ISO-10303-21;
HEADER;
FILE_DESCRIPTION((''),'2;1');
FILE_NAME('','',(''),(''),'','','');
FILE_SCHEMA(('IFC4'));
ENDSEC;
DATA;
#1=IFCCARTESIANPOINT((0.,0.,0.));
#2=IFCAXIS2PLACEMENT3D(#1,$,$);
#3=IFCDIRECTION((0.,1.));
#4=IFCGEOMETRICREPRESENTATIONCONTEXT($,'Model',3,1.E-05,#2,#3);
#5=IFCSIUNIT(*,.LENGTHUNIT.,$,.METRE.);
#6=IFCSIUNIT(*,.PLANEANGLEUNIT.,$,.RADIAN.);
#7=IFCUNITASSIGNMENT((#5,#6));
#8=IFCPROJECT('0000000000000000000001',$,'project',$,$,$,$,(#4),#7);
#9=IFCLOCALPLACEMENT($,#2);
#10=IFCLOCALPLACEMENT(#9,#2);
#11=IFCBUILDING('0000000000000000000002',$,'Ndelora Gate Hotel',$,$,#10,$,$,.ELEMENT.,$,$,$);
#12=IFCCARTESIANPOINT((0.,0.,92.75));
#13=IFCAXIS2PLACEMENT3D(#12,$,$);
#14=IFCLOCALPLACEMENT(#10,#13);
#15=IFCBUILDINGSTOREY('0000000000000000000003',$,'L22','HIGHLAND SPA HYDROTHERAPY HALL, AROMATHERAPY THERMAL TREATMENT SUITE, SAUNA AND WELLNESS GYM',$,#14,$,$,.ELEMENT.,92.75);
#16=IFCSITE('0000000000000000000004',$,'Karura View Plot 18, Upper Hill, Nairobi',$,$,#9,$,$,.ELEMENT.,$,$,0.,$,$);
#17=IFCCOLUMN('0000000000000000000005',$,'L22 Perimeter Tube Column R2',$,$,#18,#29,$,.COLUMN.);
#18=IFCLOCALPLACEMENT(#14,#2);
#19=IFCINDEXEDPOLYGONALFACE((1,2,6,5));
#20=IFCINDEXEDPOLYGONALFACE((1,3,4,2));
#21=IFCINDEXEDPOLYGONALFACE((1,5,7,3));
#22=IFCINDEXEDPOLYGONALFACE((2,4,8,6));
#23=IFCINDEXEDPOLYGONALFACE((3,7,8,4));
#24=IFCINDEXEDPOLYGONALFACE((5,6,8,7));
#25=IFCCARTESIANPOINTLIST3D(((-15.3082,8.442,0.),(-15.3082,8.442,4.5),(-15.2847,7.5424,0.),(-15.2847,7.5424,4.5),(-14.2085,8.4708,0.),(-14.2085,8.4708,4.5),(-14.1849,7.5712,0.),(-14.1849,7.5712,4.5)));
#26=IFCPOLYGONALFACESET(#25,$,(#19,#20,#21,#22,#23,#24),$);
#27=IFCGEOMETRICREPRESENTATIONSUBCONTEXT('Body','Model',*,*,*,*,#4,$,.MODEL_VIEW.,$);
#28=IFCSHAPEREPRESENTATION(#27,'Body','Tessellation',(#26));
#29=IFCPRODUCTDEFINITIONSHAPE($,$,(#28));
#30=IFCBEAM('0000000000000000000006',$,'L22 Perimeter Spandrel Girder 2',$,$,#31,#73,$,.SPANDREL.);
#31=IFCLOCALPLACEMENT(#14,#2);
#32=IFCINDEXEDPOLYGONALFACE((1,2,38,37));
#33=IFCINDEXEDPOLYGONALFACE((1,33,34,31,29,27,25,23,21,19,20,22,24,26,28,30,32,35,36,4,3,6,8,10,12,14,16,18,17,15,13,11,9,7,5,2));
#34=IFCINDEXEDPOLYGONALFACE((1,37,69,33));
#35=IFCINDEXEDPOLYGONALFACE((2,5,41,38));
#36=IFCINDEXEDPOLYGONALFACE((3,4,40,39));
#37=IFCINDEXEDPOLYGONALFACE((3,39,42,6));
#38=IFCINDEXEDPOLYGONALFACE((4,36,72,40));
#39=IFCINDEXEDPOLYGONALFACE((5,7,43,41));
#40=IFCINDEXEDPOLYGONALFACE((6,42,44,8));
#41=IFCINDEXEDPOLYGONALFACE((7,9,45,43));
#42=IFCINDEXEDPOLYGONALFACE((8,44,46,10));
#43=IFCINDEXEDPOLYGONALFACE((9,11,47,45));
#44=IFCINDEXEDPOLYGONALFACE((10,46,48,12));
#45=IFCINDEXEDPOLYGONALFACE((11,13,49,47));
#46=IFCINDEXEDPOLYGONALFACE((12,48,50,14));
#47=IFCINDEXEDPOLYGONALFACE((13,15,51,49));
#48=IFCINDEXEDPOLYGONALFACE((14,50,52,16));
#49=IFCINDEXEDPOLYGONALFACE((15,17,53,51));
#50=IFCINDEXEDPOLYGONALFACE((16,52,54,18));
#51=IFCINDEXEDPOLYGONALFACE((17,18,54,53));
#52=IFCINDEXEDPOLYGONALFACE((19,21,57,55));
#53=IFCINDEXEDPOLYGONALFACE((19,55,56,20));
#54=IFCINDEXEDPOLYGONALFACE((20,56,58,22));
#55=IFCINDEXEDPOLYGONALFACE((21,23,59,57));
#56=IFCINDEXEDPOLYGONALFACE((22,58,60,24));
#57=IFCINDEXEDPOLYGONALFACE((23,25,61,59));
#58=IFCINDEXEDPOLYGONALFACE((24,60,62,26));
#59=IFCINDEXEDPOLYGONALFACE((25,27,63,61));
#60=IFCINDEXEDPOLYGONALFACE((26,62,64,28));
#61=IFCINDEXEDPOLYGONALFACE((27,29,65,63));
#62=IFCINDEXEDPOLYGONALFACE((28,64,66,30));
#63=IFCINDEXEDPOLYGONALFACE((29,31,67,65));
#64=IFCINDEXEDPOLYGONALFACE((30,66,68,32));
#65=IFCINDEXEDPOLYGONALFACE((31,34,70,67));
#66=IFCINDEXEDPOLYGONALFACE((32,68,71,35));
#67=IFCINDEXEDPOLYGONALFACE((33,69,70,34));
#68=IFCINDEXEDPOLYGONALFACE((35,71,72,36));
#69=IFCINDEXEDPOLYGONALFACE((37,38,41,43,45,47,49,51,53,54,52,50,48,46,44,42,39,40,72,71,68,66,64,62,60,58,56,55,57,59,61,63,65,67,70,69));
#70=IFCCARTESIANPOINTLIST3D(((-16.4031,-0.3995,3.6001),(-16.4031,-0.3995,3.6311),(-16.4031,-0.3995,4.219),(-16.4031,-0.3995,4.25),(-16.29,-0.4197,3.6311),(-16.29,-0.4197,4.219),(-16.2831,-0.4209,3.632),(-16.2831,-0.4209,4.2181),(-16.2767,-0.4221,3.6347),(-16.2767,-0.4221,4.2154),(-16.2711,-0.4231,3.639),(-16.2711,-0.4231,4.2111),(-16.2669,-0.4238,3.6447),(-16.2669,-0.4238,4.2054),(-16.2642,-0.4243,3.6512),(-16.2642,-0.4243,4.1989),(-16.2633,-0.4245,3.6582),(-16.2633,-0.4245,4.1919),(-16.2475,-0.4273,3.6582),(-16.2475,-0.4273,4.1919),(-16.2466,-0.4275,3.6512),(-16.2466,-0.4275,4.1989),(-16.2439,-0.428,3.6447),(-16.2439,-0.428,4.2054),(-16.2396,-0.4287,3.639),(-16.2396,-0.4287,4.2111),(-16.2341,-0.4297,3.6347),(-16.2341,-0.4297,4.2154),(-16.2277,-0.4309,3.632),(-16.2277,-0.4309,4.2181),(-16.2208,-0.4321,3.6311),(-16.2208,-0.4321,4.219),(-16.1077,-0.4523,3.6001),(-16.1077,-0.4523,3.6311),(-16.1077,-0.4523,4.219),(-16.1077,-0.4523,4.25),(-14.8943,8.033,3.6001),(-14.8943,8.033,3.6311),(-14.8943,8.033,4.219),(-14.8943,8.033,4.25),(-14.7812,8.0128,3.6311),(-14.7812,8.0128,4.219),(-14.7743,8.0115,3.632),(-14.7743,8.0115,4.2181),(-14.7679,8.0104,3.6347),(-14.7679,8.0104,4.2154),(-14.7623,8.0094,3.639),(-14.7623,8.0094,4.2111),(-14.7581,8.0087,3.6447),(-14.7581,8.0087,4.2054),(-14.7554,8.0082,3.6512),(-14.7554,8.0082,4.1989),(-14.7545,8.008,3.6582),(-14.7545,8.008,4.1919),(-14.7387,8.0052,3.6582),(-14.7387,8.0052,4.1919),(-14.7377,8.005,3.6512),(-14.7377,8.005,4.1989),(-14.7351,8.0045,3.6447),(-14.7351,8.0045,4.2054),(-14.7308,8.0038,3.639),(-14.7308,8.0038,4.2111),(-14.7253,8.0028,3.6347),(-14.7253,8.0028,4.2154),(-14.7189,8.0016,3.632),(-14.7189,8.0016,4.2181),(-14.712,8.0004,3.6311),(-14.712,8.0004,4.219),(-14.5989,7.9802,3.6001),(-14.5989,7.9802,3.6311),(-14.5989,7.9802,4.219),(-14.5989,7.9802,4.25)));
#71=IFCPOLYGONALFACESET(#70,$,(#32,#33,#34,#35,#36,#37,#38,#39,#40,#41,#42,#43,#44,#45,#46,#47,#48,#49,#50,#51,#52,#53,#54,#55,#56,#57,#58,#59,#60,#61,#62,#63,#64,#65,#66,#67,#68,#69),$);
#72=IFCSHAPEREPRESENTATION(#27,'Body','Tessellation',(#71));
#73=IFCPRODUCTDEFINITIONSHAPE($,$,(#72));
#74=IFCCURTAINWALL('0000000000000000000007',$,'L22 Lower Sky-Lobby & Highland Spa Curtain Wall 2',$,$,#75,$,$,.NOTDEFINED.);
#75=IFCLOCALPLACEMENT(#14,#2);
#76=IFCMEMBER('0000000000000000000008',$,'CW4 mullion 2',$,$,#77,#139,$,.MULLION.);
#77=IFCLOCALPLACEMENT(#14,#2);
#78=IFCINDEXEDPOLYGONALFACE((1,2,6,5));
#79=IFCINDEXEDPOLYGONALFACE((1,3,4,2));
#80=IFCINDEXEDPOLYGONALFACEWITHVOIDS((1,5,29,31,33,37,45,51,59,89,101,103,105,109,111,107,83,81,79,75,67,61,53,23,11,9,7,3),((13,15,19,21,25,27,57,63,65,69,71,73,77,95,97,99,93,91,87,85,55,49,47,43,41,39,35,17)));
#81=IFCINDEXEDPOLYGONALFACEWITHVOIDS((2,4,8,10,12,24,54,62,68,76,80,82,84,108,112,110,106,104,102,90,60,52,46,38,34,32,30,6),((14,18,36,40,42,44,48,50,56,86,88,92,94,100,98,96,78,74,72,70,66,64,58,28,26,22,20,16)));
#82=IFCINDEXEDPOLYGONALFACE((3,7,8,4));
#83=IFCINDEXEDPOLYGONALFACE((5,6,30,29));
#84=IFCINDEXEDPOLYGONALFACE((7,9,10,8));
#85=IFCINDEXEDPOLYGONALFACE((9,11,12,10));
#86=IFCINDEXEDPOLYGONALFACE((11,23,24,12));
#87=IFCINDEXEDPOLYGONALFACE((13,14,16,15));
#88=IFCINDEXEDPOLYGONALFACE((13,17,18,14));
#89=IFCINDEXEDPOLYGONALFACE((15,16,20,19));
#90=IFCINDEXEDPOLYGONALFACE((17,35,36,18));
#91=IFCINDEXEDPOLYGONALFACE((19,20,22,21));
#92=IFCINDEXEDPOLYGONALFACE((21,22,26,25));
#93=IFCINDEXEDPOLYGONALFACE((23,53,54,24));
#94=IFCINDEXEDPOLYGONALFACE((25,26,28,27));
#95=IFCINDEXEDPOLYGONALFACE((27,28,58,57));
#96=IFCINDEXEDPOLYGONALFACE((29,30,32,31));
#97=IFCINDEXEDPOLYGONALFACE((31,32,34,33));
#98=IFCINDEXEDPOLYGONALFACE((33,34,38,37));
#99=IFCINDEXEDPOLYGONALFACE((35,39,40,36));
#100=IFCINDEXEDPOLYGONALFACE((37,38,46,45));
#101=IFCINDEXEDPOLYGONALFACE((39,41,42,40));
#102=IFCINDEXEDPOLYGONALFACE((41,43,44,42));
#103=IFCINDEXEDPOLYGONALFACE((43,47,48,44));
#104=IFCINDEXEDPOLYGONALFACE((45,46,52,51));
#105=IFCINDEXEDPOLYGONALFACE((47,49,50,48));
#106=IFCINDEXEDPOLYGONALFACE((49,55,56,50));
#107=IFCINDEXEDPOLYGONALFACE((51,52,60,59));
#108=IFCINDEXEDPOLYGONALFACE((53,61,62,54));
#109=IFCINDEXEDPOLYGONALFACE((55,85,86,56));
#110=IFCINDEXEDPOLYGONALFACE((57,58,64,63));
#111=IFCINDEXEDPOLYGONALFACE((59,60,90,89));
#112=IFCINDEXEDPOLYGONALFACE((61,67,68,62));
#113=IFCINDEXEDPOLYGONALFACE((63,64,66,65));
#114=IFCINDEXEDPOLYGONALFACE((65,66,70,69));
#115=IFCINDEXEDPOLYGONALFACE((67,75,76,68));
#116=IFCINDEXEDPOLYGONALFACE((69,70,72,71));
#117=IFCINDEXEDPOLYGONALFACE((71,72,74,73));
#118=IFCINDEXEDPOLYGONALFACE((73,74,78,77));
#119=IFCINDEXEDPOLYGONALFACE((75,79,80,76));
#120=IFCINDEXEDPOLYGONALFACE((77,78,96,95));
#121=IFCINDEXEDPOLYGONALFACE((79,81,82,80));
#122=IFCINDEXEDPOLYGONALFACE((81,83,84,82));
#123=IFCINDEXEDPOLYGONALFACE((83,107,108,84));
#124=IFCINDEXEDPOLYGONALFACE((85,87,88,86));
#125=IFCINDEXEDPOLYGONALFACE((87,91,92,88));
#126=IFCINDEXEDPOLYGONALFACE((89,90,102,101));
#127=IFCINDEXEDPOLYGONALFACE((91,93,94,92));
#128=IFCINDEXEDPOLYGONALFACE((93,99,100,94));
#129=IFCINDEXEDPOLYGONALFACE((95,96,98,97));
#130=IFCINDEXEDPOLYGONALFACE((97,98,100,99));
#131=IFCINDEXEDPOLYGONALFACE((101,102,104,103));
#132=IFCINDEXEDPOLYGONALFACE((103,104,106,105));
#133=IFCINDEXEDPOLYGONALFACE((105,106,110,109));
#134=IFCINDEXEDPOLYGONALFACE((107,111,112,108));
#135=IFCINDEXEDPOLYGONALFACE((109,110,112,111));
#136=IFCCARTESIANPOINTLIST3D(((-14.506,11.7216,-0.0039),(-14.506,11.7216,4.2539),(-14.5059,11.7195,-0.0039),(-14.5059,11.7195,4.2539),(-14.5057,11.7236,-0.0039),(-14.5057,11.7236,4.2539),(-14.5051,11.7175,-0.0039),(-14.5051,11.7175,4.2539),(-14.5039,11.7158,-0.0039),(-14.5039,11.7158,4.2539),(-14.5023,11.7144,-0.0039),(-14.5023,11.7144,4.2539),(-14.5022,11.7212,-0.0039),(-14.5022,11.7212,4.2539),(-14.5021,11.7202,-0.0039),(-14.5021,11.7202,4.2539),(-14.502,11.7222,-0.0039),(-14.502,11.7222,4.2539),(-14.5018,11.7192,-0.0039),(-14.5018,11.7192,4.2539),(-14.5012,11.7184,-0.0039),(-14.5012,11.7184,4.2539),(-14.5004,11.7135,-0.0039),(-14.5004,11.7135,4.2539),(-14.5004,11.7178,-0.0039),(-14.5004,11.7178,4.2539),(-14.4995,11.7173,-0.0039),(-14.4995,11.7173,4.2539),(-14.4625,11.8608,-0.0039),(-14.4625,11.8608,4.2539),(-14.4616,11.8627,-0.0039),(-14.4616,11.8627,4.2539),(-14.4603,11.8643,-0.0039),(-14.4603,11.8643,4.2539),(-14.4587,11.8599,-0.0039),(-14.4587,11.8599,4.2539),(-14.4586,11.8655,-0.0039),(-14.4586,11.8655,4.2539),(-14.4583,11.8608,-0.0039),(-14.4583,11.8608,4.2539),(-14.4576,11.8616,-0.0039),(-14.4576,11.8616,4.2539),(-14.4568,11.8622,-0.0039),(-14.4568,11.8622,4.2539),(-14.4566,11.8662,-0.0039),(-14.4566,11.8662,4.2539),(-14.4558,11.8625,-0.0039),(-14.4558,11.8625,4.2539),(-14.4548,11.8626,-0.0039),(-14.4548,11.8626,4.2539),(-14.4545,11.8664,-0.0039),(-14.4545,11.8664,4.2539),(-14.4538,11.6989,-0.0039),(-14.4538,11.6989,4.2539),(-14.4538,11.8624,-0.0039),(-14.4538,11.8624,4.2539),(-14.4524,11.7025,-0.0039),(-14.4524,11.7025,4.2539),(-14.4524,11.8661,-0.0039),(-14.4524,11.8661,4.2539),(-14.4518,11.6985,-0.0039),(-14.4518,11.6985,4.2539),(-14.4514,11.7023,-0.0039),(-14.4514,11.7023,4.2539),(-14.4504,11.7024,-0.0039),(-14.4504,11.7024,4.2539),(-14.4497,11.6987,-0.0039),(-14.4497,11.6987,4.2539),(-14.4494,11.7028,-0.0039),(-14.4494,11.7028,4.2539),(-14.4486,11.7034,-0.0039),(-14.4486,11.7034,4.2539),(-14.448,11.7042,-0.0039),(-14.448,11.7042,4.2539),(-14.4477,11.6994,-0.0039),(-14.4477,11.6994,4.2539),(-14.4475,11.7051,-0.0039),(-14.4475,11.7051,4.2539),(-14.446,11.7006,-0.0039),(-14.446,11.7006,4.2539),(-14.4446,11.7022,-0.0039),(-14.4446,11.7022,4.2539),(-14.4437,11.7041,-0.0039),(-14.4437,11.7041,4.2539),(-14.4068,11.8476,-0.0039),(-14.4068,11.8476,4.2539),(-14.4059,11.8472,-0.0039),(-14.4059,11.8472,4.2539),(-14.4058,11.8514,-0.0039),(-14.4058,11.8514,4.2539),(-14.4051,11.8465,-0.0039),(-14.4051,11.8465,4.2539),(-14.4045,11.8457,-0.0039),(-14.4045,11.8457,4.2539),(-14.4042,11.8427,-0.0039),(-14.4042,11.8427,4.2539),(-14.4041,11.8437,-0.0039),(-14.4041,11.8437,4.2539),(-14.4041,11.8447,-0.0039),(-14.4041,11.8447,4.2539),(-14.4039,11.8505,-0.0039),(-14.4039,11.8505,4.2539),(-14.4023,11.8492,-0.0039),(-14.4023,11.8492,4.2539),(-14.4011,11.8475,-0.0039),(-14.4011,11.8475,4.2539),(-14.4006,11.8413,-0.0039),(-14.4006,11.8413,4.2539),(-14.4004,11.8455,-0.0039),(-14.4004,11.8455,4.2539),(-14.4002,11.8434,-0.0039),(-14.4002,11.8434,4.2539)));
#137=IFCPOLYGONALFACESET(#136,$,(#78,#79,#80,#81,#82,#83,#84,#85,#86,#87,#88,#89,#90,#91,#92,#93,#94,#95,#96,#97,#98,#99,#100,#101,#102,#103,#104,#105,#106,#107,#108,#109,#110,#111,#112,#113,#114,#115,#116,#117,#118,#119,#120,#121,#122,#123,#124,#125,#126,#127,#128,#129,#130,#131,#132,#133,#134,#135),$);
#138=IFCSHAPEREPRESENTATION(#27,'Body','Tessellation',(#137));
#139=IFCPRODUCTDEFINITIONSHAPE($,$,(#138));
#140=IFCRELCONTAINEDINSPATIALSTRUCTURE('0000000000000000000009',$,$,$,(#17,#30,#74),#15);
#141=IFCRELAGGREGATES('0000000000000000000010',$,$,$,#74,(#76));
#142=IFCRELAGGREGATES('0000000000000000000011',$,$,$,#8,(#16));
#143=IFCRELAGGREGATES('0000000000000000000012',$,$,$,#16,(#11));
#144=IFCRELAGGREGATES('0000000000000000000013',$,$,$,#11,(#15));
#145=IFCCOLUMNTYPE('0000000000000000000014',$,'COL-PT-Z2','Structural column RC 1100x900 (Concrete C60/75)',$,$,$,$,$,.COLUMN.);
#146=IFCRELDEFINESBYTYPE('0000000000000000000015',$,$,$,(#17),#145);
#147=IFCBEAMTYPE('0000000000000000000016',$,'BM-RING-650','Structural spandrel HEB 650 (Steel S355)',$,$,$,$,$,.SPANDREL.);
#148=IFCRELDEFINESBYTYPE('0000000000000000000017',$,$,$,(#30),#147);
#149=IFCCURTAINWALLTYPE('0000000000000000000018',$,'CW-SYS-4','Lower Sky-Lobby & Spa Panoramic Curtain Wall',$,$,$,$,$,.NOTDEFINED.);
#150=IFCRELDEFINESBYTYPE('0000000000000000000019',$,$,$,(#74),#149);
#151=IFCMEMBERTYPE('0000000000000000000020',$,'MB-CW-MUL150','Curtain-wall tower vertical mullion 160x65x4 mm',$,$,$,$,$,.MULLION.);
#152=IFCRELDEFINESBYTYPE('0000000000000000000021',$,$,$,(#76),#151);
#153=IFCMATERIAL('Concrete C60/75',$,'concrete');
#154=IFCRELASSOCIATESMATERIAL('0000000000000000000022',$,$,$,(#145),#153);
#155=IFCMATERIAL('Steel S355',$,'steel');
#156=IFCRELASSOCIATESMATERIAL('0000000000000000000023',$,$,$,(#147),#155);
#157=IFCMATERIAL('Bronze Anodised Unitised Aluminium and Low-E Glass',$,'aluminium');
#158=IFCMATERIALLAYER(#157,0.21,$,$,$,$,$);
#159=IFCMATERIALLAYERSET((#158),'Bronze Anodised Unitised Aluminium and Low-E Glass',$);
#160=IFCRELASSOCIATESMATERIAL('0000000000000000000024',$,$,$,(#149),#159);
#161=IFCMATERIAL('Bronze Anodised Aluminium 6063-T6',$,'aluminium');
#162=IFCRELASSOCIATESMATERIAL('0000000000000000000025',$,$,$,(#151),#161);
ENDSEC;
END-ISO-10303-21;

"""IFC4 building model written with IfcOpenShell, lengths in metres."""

from ifc_helpers import new_model, si_unit, direction, frame, origin, origin_2d, place, context, subcontext, project, spatial, rectangle, hollow_rectangle, i_section, extrude, material, layer, layer_set, material_profile, profile_set, type_object, element, aggregate, save


model = new_model("IFC4")

# Units and contexts
model_context = context("Model", 3, precision=1e-05, world=origin(), true_north=direction((0.0, 1.0)))
body_context = subcontext(model_context, "Body", "Model", "MODEL_VIEW")
ifc_project = project(units=[si_unit("LENGTHUNIT", "METRE"), si_unit("PLANEANGLEUNIT", "RADIAN")], contexts=[model_context])

# Site, building, storey
site_placement = place(None, origin())
site = spatial("IfcSite", under=ifc_project, at=site_placement, Name="Karura View Plot 18, Upper Hill, Nairobi", CompositionType="ELEMENT", RefElevation=0.0)
building_placement = place(site_placement, origin())
building = spatial("IfcBuilding", under=site, at=building_placement, Name="Ndelora Gate Hotel", CompositionType="ELEMENT")
storey_placement = place(building_placement, frame((0.0, 0.0, 92.75)))
storey = spatial("IfcBuildingStorey", under=building, at=storey_placement, Name="L22", Description="HIGHLAND SPA HYDROTHERAPY HALL, AROMATHERAPY THERMAL TREATMENT SUITE, SAUNA AND WELLNESS GYM", CompositionType="ELEMENT", Elevation=92.75)

# Column
ifc_material_1 = material(Name="Concrete C60/75", Category="concrete")
ifc_material_profile_1 = material_profile(ifc_material_1, rectangle(XDim=0.8999, YDim=1.1001, at=origin_2d()), Name="RC 1100x900")
ifc_profile_set_1 = profile_set([ifc_material_profile_1], Name="Concrete C60/75")
column_type = type_object("IfcColumnType", Name="COL-PT-Z2", Description="Structural column RC 1100x900 (Concrete C60/75)", PredefinedType="COLUMN", material=ifc_profile_set_1)
column_placement = place(storey_placement, frame((-14.7466, 8.0066, 0.0), z_axis=(0.0, 0.0, 1.0), x_axis=(-0.026177, 0.999657, 0.0)))
element("IfcColumn", 1, at=column_placement, inside=storey, type_object=column_type, Name="L22 Perimeter Tube Column R2", PredefinedType="COLUMN", context=body_context, shape_type="SweptSolid", body=[
    extrude(rectangle(XDim=0.8999, YDim=1.1001, at=origin_2d()), origin(), (0.0, 0.0, 1.0), 4.5),
])

# Beam
ifc_material_2 = material(Name="Steel S355", Category="steel")
ifc_material_profile_2 = material_profile(ifc_material_2, i_section(OverallWidth=0.3, OverallDepth=0.6499, WebThickness=0.0161, FlangeThickness=0.031, FilletRadius=0.0271, at=origin_2d()), Name="HEB 650")
ifc_profile_set_2 = profile_set([ifc_material_profile_2], Name="Steel S355")
beam_type = type_object("IfcBeamType", Name="BM-RING-650", Description="Structural spandrel HEB 650 (Steel S355)", PredefinedType="SPANDREL", material=ifc_profile_set_2)
beam_placement = place(storey_placement, frame((-14.7466, 8.0066, 3.925), z_axis=(-0.176131, -0.984367, 0.0), x_axis=(0.984367, -0.176131, 0.0)))
element("IfcBeam", 2, at=beam_placement, inside=storey, type_object=beam_type, Name="L22 Perimeter Spandrel Girder 2", PredefinedType="SPANDREL", context=body_context, shape_type="SweptSolid", body=[
    extrude(i_section(OverallWidth=0.3, OverallDepth=0.6499, WebThickness=0.0161, FlangeThickness=0.031, FilletRadius=0.0271, at=origin_2d()), origin(), (0.0, 0.0, 1.0), 8.5664),
])

# Curtain wall, member
ifc_material_3 = material(Name="Bronze Anodised Unitised Aluminium and Low-E Glass", Category="aluminium")
ifc_layer_1 = layer(ifc_material_3, 0.21)
ifc_layer_set_1 = layer_set([ifc_layer_1], Name="Bronze Anodised Unitised Aluminium and Low-E Glass")
curtain_wall_type = type_object("IfcCurtainWallType", Name="CW-SYS-4", Description="Lower Sky-Lobby & Spa Panoramic Curtain Wall", PredefinedType="NOTDEFINED", material=ifc_layer_set_1)
curtain_wall_placement = place(storey_placement, origin())
curtain_wall = element("IfcCurtainWall", 3, at=curtain_wall_placement, inside=storey, type_object=curtain_wall_type, Name="L22 Lower Sky-Lobby & Highland Spa Curtain Wall 2", PredefinedType="NOTDEFINED")
ifc_material_4 = material(Name="Bronze Anodised Aluminium 6063-T6", Category="aluminium")
ifc_material_profile_3 = material_profile(ifc_material_4, hollow_rectangle(XDim=0.0649, YDim=0.1599, WallThickness=0.0039, InnerFilletRadius=0.0039, OuterFilletRadius=0.0081, at=origin_2d()), Name="ALU 160x65x4")
ifc_profile_set_3 = profile_set([ifc_material_profile_3], Name="Bronze Anodised Aluminium 6063-T6")
member_type_1 = type_object("IfcMemberType", Name="MB-CW-MUL150", Description="Curtain-wall tower vertical mullion 160x65x4 mm", PredefinedType="MULLION", material=ifc_profile_set_3)
member_1_placement = place(storey_placement, frame((-14.4531, 11.7825, -0.0039), z_axis=(0.0, 0.0, 1.0), x_axis=(0.95391, -0.300093, 0.0)))
member_1 = element("IfcMember", 4, at=member_1_placement, type_object=member_type_1, Name="CW4 mullion 2", PredefinedType="MULLION", context=body_context, shape_type="SweptSolid", body=[
    extrude(hollow_rectangle(XDim=0.0649, YDim=0.1599, WallThickness=0.0039, InnerFilletRadius=0.0039, OuterFilletRadius=0.0081, at=origin_2d()), origin(), (0.0, 0.0, 1.0), 4.2578),
])
aggregate(curtain_wall, [member_1])

save(model, "model.ifc")
